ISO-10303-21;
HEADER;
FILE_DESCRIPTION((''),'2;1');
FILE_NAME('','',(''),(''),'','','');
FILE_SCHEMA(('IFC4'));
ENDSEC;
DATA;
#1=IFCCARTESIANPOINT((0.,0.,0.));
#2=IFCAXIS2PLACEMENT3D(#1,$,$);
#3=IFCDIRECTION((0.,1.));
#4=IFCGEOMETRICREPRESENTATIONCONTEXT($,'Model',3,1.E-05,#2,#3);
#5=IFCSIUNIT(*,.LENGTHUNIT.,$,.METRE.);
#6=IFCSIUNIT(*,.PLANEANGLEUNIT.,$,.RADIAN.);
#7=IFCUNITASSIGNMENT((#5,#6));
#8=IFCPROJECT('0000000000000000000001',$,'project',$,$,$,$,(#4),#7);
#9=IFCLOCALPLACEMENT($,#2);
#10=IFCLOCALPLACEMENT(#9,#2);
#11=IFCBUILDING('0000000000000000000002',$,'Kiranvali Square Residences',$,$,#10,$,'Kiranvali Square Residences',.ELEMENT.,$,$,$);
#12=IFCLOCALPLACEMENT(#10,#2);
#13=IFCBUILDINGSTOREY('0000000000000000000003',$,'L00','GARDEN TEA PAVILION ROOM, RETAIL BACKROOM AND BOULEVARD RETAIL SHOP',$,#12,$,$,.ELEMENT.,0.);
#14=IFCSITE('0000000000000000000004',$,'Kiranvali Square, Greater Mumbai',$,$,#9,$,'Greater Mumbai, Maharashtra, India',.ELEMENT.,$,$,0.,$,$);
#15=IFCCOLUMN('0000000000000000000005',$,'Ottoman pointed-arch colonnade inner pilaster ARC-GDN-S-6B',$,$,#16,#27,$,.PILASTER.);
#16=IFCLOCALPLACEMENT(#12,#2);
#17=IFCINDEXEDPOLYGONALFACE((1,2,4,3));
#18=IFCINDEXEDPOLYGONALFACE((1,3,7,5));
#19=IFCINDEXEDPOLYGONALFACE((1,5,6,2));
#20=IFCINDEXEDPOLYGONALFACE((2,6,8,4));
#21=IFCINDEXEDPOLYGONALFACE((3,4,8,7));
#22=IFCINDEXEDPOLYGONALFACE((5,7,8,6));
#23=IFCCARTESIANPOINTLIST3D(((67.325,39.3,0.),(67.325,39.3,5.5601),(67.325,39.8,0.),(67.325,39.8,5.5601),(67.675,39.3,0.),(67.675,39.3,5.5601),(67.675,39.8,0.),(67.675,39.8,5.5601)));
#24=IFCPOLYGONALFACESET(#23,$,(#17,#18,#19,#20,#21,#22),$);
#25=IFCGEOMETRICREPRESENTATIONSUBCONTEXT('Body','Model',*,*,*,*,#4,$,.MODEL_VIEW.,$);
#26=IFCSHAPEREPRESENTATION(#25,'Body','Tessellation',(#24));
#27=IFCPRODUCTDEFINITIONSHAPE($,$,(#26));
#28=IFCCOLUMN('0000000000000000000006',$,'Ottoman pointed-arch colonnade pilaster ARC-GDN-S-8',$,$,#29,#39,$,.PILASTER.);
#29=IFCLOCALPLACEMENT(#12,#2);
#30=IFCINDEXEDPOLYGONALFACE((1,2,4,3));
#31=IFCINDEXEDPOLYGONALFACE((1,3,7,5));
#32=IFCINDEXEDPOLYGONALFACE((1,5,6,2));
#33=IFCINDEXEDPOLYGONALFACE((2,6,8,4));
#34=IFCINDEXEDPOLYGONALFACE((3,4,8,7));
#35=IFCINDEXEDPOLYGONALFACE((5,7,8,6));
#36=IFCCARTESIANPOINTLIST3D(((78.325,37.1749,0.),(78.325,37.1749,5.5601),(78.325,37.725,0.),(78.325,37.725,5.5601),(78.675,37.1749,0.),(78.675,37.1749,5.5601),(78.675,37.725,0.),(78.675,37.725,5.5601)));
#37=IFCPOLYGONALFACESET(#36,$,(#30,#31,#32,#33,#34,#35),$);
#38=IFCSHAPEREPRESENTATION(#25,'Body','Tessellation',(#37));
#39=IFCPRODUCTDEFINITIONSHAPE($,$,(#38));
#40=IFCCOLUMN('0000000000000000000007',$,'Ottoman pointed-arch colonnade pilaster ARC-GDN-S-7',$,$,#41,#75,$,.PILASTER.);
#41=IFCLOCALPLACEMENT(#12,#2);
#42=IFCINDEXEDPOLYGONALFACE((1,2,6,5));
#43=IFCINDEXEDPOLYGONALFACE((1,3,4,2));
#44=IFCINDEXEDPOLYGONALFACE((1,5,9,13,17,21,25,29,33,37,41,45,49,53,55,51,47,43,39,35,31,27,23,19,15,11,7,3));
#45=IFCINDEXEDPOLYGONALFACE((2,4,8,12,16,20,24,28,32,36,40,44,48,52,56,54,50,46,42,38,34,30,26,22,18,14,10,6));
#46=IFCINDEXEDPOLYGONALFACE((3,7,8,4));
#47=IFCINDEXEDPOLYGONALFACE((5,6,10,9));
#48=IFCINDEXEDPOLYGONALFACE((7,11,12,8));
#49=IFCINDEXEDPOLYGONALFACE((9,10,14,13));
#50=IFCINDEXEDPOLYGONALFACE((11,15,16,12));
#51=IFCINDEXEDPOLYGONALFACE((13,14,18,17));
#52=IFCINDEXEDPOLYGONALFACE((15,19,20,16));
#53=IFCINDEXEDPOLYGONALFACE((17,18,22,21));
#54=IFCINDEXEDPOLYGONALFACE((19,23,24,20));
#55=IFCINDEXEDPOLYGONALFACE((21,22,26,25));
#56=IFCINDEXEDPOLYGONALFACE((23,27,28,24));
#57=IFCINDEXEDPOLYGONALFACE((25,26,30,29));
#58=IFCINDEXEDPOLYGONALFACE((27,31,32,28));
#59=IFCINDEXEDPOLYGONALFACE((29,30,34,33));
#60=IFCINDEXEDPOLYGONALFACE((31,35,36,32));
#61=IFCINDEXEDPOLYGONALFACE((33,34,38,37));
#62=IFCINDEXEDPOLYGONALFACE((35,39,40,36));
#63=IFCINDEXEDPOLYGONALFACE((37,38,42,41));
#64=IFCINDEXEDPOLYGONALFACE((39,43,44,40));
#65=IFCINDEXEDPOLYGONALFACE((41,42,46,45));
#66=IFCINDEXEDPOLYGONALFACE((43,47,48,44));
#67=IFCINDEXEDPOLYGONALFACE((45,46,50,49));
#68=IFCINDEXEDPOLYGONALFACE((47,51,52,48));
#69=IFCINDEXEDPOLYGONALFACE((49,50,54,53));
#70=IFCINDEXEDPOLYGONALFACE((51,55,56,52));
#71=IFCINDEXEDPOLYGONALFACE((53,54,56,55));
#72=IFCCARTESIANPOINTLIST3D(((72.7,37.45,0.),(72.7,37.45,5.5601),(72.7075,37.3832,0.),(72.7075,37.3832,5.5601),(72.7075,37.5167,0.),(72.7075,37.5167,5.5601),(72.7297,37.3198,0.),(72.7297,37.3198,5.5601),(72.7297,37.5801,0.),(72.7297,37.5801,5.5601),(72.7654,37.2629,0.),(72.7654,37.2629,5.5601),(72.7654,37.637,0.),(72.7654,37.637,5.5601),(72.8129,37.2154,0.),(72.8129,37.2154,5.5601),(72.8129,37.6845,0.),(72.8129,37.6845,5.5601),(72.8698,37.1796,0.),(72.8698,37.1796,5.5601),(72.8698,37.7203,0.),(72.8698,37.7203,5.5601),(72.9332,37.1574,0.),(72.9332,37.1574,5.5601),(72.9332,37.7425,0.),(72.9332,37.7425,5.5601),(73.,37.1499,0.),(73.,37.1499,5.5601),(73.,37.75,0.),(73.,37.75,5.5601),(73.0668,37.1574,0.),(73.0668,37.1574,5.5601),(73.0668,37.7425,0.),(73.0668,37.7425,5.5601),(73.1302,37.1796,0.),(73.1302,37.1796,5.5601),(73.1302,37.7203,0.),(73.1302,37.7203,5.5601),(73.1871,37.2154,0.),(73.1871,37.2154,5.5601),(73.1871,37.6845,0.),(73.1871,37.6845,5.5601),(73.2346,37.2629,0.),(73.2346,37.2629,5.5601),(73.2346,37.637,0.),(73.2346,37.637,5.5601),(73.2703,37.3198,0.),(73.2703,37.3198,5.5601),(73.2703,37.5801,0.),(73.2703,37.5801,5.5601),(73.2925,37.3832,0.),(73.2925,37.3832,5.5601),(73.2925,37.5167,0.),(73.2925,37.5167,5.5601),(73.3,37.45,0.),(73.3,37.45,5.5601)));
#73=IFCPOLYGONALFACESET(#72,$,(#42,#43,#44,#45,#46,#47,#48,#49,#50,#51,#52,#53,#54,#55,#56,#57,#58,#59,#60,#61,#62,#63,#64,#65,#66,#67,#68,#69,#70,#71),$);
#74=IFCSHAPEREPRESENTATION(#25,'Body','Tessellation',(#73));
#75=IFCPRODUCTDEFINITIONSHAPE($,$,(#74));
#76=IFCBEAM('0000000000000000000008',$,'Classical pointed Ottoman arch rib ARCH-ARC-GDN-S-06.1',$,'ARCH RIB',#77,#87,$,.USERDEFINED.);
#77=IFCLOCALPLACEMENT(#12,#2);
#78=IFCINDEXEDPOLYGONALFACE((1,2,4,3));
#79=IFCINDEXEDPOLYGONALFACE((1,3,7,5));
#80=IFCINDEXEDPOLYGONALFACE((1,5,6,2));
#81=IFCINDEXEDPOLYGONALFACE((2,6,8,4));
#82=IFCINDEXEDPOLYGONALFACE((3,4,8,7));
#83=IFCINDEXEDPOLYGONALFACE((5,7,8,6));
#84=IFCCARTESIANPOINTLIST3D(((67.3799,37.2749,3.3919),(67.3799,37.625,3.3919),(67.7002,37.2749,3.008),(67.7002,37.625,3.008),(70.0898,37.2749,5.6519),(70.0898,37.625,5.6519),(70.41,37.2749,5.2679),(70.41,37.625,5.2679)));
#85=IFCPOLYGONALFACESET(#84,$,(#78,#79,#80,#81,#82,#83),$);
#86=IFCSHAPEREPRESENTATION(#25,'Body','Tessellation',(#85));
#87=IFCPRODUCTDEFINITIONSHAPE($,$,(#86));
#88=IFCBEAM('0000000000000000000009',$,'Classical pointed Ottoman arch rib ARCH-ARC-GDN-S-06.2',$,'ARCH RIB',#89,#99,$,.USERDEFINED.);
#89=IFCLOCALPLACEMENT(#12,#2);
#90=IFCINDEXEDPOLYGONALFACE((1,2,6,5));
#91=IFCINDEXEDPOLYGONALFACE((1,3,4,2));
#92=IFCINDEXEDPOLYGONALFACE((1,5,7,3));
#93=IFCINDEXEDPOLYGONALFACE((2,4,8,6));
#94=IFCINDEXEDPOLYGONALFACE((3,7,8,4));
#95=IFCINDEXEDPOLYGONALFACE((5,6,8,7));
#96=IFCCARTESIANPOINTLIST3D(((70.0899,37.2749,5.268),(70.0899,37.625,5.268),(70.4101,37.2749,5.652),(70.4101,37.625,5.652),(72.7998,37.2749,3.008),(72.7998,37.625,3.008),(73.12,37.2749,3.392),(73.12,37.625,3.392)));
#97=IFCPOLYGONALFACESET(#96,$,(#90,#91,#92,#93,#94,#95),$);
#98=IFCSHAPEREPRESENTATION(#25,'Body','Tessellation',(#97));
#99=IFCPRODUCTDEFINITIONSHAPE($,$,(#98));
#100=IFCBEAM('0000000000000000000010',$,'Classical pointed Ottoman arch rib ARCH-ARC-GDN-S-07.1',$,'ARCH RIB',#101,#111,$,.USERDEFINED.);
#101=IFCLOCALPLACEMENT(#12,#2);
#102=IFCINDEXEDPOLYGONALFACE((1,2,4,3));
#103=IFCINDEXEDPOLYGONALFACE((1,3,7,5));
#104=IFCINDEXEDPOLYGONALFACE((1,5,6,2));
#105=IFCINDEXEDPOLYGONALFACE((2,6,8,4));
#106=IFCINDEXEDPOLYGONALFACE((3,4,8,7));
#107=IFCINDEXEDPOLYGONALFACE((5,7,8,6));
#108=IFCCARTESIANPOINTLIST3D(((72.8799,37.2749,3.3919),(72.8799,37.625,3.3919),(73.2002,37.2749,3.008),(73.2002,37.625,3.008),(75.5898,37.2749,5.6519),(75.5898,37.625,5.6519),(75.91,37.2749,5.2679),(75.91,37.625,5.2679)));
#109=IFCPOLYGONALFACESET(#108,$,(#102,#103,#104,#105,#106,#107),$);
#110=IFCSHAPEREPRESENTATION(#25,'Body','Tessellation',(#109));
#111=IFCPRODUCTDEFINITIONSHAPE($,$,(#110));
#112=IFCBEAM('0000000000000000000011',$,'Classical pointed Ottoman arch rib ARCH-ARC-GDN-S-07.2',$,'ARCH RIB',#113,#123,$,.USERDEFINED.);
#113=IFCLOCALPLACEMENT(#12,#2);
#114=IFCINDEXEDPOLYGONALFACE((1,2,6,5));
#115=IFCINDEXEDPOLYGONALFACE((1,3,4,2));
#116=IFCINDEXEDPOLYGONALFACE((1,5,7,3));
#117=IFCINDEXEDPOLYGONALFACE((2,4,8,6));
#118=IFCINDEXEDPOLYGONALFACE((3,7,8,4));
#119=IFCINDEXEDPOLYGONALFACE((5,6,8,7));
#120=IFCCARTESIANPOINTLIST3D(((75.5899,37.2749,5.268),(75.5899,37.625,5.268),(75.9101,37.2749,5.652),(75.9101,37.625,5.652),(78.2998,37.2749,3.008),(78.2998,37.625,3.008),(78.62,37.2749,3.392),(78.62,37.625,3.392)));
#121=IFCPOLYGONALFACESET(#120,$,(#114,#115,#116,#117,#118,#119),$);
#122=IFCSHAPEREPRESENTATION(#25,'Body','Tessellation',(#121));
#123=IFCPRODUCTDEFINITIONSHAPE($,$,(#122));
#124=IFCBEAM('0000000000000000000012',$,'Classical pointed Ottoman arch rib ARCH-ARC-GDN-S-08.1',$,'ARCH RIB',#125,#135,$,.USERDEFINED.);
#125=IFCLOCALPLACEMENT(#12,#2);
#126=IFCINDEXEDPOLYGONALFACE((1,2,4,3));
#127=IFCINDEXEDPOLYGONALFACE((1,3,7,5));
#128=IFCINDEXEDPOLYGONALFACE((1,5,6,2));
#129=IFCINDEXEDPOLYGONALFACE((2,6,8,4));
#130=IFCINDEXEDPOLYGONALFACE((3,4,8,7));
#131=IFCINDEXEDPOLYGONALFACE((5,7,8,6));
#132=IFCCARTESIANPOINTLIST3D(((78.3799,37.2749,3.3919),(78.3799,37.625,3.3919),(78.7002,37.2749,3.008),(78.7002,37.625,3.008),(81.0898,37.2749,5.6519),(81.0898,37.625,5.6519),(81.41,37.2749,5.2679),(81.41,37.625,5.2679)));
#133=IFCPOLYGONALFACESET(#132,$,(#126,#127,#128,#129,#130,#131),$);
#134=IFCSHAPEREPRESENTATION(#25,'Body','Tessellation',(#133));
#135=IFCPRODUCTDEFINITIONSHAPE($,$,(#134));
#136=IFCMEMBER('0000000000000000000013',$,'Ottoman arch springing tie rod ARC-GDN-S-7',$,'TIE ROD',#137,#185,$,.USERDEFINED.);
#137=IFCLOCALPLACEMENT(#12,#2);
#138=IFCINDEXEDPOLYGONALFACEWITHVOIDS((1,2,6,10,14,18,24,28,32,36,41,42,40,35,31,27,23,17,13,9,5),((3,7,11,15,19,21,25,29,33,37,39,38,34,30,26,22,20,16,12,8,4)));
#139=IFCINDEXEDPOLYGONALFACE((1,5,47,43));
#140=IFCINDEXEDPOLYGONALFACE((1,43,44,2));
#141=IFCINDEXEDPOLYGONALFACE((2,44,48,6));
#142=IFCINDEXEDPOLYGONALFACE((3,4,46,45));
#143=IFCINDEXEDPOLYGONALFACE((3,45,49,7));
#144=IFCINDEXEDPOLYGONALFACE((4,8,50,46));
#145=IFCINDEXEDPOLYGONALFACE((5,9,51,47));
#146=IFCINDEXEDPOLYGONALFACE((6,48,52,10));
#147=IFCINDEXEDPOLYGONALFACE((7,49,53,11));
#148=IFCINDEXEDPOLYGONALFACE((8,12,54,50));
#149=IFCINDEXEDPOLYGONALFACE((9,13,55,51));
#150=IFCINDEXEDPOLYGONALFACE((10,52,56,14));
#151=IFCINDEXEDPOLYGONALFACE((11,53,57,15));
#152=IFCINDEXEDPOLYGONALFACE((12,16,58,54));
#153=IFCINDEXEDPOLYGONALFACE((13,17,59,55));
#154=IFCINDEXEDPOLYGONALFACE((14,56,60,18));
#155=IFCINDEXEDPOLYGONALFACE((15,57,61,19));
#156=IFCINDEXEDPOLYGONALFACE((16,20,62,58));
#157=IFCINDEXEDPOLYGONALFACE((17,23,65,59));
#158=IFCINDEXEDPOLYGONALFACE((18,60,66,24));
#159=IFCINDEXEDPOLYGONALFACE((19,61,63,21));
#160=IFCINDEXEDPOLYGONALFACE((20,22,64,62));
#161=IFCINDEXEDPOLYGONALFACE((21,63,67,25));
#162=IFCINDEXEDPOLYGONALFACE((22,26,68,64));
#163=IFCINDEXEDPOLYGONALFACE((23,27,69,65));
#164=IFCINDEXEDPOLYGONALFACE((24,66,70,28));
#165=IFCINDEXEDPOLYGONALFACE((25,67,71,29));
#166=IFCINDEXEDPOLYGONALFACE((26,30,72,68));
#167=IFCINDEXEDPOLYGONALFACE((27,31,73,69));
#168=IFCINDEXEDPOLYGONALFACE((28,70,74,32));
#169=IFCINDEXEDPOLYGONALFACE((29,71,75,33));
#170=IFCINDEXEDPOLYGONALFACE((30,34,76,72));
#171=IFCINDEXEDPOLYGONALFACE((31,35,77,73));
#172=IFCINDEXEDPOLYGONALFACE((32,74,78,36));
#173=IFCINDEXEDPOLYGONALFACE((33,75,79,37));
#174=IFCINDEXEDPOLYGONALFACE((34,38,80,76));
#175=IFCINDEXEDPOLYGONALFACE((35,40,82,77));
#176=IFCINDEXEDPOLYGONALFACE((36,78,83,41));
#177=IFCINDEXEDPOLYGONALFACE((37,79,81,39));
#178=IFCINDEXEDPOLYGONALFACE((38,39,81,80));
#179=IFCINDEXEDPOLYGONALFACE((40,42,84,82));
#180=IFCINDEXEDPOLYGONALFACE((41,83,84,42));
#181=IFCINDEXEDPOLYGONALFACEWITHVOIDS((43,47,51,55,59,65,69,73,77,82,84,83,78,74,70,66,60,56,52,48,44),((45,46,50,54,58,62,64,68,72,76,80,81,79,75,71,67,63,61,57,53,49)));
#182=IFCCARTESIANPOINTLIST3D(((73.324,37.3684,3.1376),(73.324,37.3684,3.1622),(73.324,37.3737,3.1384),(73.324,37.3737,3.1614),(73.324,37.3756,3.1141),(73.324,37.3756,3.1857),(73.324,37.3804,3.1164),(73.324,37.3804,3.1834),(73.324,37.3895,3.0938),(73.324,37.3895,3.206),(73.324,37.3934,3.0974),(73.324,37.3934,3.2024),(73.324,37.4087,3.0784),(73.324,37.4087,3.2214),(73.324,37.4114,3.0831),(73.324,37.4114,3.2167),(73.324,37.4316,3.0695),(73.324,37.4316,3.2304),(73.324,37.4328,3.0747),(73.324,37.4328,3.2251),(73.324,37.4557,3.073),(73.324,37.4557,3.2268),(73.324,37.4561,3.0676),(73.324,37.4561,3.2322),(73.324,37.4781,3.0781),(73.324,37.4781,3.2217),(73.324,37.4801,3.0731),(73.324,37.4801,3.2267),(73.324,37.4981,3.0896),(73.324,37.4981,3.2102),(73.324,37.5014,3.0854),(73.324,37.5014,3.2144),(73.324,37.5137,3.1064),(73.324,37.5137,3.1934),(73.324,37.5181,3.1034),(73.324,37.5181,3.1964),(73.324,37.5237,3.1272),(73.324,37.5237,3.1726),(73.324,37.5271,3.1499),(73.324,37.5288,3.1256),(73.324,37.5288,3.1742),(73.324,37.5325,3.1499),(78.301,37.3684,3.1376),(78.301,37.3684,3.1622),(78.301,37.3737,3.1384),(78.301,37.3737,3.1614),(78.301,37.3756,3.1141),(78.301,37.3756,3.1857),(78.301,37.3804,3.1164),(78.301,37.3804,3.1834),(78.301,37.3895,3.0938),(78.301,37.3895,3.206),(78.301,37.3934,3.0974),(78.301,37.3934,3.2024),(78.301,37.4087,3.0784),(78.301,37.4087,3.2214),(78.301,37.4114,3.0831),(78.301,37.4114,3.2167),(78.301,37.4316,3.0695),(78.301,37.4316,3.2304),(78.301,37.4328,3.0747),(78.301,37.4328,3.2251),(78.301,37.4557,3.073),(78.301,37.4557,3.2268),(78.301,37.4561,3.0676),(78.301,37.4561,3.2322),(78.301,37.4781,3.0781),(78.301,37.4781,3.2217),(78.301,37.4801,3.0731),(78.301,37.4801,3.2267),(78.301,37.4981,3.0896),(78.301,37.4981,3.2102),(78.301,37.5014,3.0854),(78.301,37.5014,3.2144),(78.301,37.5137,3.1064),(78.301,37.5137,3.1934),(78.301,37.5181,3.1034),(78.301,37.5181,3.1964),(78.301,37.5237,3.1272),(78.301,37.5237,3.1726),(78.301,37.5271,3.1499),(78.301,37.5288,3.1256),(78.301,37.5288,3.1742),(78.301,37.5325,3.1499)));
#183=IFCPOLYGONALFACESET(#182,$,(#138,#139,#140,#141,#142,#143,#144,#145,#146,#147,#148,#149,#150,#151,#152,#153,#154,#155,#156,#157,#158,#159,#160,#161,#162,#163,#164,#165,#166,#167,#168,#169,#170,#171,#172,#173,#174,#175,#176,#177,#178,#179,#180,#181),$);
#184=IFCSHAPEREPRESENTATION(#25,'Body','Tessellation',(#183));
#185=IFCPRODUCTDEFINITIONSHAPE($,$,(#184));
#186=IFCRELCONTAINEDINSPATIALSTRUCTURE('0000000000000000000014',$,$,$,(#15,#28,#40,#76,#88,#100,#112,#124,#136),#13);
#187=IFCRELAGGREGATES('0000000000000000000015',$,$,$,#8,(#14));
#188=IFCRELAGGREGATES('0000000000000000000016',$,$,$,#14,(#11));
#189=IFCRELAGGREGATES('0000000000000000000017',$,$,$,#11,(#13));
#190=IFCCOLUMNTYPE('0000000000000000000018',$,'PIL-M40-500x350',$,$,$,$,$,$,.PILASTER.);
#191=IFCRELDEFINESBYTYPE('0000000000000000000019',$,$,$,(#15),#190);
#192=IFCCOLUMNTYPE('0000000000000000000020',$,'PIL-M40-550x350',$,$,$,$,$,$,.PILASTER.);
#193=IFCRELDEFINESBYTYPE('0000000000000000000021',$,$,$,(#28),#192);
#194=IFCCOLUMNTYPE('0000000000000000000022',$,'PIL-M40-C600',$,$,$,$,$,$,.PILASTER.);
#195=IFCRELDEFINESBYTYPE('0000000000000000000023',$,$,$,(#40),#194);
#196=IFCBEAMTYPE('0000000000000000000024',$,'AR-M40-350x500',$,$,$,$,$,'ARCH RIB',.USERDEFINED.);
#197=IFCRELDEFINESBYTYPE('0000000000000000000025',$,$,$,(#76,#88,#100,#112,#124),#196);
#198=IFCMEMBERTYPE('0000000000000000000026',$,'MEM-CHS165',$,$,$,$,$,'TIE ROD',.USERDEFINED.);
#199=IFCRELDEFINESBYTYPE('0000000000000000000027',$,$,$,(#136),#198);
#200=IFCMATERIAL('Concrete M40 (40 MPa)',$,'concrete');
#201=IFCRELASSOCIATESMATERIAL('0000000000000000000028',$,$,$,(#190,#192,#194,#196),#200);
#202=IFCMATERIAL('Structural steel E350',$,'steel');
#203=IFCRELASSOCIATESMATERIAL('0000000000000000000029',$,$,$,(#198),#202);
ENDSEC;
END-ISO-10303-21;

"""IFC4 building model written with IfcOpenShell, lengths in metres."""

from ifc_helpers import new_model, si_unit, direction, frame, origin, origin_2d, place, context, subcontext, project, spatial, rectangle, circle, hollow_circle, extrude, material, material_profile, profile_set, type_object, element, save


model = new_model("IFC4")

# Units and contexts
model_context = context("Model", 3, precision=1e-05, world=origin(), true_north=direction((0.0, 1.0)))
body_context = subcontext(model_context, "Body", "Model", "MODEL_VIEW")
ifc_project = project(units=[si_unit("LENGTHUNIT", "METRE"), si_unit("PLANEANGLEUNIT", "RADIAN")], contexts=[model_context])

# Site, building, storey
site_placement = place(None, origin())
site = spatial("IfcSite", under=ifc_project, at=site_placement, Name="Kiranvali Square, Greater Mumbai", LongName="Greater Mumbai, Maharashtra, India", CompositionType="ELEMENT", RefElevation=0.0)
building_placement = place(site_placement, origin())
building = spatial("IfcBuilding", under=site, at=building_placement, Name="Kiranvali Square Residences", LongName="Kiranvali Square Residences", CompositionType="ELEMENT")
storey_placement = place(building_placement, origin())
storey = spatial("IfcBuildingStorey", under=building, at=storey_placement, Name="L00", Description="GARDEN TEA PAVILION ROOM, RETAIL BACKROOM AND BOULEVARD RETAIL SHOP", CompositionType="ELEMENT", Elevation=0.0)

# Columns
ifc_material_1 = material(Name="Concrete M40 (40 MPa)", Category="concrete")
ifc_material_profile_1 = material_profile(ifc_material_1, rectangle(XDim=0.3501, YDim=0.5, at=origin_2d()), Name="RC 500x350")
ifc_profile_set_1 = profile_set([ifc_material_profile_1], Name="Concrete M40 (40 MPa)")
column_type_1 = type_object("IfcColumnType", Name="PIL-M40-500x350", PredefinedType="PILASTER", material=ifc_profile_set_1)
column_1_placement = place(storey_placement, frame((67.5, 39.55, 0.0), z_axis=(0.0, 0.0, 1.0), x_axis=(1.0, 0.0, 0.0)))
element("IfcColumn", 1, at=column_1_placement, inside=storey, type_object=column_type_1, Name="Ottoman pointed-arch colonnade inner pilaster ARC-GDN-S-6B", PredefinedType="PILASTER", context=body_context, shape_type="SweptSolid", body=[
    extrude(rectangle(XDim=0.3501, YDim=0.5, at=origin_2d()), origin(), (0.0, 0.0, 1.0), 5.5601),
])
ifc_material_profile_2 = material_profile(ifc_material_1, rectangle(XDim=0.3501, YDim=0.55, at=origin_2d()), Name="RC 550x350")
ifc_profile_set_2 = profile_set([ifc_material_profile_2], Name="Concrete M40 (40 MPa)")
column_type_2 = type_object("IfcColumnType", Name="PIL-M40-550x350", PredefinedType="PILASTER", material=ifc_profile_set_2)
column_2_placement = place(storey_placement, frame((78.5, 37.45, 0.0), z_axis=(0.0, 0.0, 1.0), x_axis=(1.0, 0.0, 0.0)))
element("IfcColumn", 2, at=column_2_placement, inside=storey, type_object=column_type_2, Name="Ottoman pointed-arch colonnade pilaster ARC-GDN-S-8", PredefinedType="PILASTER", context=body_context, shape_type="SweptSolid", body=[
    extrude(rectangle(XDim=0.3501, YDim=0.55, at=origin_2d()), origin(), (0.0, 0.0, 1.0), 5.5601),
])
ifc_material_profile_3 = material_profile(ifc_material_1, circle(Radius=0.3, at=origin_2d()), Name="RC-CIRC 600")
ifc_profile_set_3 = profile_set([ifc_material_profile_3], Name="Concrete M40 (40 MPa)")
column_type_3 = type_object("IfcColumnType", Name="PIL-M40-C600", PredefinedType="PILASTER", material=ifc_profile_set_3)
column_3_placement = place(storey_placement, frame((73.0, 37.45, 0.0), z_axis=(0.0, 0.0, 1.0), x_axis=(1.0, 0.0, 0.0)))
element("IfcColumn", 3, at=column_3_placement, inside=storey, type_object=column_type_3, Name="Ottoman pointed-arch colonnade pilaster ARC-GDN-S-7", PredefinedType="PILASTER", context=body_context, shape_type="SweptSolid", body=[
    extrude(circle(Radius=0.3, at=origin_2d()), origin(), (0.0, 0.0, 1.0), 5.5601),
])

# Beams
ifc_material_profile_4 = material_profile(ifc_material_1, rectangle(XDim=0.3501, YDim=0.5, at=origin_2d()), Name="RC 350x500")
ifc_profile_set_4 = profile_set([ifc_material_profile_4], Name="Concrete M40 (40 MPa)")
beam_type_1 = type_object("IfcBeamType", Name="AR-M40-350x500", ElementType="ARCH RIB", PredefinedType="USERDEFINED", material=ifc_profile_set_4)
for number, where, z_axis, x_axis, name in (
    (4, (67.54, 37.45, 3.2), (0.767983, 0.0, 0.64047), (0.0, 1.0, 0.0), "Classical pointed Ottoman arch rib ARCH-ARC-GDN-S-06.1"),
    (5, (70.25, 37.45, 5.46), (0.767983, 0.0, -0.64047), (0.0, 1.0, 0.0), "Classical pointed Ottoman arch rib ARCH-ARC-GDN-S-06.2"),
    (6, (73.04, 37.45, 3.2), (0.767983, 0.0, 0.64047), (0.0, 1.0, 0.0), "Classical pointed Ottoman arch rib ARCH-ARC-GDN-S-07.1"),
    (7, (75.75, 37.45, 5.46), (0.767983, 0.0, -0.64047), (0.0, 1.0, 0.0), "Classical pointed Ottoman arch rib ARCH-ARC-GDN-S-07.2"),
    (8, (78.54, 37.45, 3.2), (0.767983, 0.0, 0.64047), (0.0, 1.0, 0.0), "Classical pointed Ottoman arch rib ARCH-ARC-GDN-S-08.1"),
):
    element("IfcBeam", number, at=place(storey_placement, frame(where, z_axis=z_axis, x_axis=x_axis)), inside=storey, type_object=beam_type_1, Name=name, ObjectType="ARCH RIB", PredefinedType="USERDEFINED", context=body_context, shape_type="SweptSolid", body=[
        extrude(rectangle(XDim=0.3501, YDim=0.5, at=origin_2d()), origin(), (0.0, 0.0, 1.0), 3.5286),
    ])

# Member
ifc_material_2 = material(Name="Structural steel E350", Category="steel")
ifc_material_profile_5 = material_profile(ifc_material_2, hollow_circle(Radius=0.0825, WallThickness=0.0054, at=origin_2d()), Name="CHS 165.1x5.4")
ifc_profile_set_5 = profile_set([ifc_material_profile_5], Name="Structural steel E350")
member_type_1 = type_object("IfcMemberType", Name="MEM-CHS165", ElementType="TIE ROD", PredefinedType="USERDEFINED", material=ifc_profile_set_5)
member_1_placement = place(storey_placement, frame((73.324, 37.45, 3.1499), z_axis=(1.0, 0.0, 0.0), x_axis=(0.0, 1.0, 0.0)))
element("IfcMember", 9, at=member_1_placement, inside=storey, type_object=member_type_1, Name="Ottoman arch springing tie rod ARC-GDN-S-7", ObjectType="TIE ROD", PredefinedType="USERDEFINED", context=body_context, shape_type="SweptSolid", body=[
    extrude(hollow_circle(Radius=0.0825, WallThickness=0.0054, at=origin_2d()), origin(), (0.0, 0.0, 1.0), 4.9771),
])

save(model, "model.ifc")
